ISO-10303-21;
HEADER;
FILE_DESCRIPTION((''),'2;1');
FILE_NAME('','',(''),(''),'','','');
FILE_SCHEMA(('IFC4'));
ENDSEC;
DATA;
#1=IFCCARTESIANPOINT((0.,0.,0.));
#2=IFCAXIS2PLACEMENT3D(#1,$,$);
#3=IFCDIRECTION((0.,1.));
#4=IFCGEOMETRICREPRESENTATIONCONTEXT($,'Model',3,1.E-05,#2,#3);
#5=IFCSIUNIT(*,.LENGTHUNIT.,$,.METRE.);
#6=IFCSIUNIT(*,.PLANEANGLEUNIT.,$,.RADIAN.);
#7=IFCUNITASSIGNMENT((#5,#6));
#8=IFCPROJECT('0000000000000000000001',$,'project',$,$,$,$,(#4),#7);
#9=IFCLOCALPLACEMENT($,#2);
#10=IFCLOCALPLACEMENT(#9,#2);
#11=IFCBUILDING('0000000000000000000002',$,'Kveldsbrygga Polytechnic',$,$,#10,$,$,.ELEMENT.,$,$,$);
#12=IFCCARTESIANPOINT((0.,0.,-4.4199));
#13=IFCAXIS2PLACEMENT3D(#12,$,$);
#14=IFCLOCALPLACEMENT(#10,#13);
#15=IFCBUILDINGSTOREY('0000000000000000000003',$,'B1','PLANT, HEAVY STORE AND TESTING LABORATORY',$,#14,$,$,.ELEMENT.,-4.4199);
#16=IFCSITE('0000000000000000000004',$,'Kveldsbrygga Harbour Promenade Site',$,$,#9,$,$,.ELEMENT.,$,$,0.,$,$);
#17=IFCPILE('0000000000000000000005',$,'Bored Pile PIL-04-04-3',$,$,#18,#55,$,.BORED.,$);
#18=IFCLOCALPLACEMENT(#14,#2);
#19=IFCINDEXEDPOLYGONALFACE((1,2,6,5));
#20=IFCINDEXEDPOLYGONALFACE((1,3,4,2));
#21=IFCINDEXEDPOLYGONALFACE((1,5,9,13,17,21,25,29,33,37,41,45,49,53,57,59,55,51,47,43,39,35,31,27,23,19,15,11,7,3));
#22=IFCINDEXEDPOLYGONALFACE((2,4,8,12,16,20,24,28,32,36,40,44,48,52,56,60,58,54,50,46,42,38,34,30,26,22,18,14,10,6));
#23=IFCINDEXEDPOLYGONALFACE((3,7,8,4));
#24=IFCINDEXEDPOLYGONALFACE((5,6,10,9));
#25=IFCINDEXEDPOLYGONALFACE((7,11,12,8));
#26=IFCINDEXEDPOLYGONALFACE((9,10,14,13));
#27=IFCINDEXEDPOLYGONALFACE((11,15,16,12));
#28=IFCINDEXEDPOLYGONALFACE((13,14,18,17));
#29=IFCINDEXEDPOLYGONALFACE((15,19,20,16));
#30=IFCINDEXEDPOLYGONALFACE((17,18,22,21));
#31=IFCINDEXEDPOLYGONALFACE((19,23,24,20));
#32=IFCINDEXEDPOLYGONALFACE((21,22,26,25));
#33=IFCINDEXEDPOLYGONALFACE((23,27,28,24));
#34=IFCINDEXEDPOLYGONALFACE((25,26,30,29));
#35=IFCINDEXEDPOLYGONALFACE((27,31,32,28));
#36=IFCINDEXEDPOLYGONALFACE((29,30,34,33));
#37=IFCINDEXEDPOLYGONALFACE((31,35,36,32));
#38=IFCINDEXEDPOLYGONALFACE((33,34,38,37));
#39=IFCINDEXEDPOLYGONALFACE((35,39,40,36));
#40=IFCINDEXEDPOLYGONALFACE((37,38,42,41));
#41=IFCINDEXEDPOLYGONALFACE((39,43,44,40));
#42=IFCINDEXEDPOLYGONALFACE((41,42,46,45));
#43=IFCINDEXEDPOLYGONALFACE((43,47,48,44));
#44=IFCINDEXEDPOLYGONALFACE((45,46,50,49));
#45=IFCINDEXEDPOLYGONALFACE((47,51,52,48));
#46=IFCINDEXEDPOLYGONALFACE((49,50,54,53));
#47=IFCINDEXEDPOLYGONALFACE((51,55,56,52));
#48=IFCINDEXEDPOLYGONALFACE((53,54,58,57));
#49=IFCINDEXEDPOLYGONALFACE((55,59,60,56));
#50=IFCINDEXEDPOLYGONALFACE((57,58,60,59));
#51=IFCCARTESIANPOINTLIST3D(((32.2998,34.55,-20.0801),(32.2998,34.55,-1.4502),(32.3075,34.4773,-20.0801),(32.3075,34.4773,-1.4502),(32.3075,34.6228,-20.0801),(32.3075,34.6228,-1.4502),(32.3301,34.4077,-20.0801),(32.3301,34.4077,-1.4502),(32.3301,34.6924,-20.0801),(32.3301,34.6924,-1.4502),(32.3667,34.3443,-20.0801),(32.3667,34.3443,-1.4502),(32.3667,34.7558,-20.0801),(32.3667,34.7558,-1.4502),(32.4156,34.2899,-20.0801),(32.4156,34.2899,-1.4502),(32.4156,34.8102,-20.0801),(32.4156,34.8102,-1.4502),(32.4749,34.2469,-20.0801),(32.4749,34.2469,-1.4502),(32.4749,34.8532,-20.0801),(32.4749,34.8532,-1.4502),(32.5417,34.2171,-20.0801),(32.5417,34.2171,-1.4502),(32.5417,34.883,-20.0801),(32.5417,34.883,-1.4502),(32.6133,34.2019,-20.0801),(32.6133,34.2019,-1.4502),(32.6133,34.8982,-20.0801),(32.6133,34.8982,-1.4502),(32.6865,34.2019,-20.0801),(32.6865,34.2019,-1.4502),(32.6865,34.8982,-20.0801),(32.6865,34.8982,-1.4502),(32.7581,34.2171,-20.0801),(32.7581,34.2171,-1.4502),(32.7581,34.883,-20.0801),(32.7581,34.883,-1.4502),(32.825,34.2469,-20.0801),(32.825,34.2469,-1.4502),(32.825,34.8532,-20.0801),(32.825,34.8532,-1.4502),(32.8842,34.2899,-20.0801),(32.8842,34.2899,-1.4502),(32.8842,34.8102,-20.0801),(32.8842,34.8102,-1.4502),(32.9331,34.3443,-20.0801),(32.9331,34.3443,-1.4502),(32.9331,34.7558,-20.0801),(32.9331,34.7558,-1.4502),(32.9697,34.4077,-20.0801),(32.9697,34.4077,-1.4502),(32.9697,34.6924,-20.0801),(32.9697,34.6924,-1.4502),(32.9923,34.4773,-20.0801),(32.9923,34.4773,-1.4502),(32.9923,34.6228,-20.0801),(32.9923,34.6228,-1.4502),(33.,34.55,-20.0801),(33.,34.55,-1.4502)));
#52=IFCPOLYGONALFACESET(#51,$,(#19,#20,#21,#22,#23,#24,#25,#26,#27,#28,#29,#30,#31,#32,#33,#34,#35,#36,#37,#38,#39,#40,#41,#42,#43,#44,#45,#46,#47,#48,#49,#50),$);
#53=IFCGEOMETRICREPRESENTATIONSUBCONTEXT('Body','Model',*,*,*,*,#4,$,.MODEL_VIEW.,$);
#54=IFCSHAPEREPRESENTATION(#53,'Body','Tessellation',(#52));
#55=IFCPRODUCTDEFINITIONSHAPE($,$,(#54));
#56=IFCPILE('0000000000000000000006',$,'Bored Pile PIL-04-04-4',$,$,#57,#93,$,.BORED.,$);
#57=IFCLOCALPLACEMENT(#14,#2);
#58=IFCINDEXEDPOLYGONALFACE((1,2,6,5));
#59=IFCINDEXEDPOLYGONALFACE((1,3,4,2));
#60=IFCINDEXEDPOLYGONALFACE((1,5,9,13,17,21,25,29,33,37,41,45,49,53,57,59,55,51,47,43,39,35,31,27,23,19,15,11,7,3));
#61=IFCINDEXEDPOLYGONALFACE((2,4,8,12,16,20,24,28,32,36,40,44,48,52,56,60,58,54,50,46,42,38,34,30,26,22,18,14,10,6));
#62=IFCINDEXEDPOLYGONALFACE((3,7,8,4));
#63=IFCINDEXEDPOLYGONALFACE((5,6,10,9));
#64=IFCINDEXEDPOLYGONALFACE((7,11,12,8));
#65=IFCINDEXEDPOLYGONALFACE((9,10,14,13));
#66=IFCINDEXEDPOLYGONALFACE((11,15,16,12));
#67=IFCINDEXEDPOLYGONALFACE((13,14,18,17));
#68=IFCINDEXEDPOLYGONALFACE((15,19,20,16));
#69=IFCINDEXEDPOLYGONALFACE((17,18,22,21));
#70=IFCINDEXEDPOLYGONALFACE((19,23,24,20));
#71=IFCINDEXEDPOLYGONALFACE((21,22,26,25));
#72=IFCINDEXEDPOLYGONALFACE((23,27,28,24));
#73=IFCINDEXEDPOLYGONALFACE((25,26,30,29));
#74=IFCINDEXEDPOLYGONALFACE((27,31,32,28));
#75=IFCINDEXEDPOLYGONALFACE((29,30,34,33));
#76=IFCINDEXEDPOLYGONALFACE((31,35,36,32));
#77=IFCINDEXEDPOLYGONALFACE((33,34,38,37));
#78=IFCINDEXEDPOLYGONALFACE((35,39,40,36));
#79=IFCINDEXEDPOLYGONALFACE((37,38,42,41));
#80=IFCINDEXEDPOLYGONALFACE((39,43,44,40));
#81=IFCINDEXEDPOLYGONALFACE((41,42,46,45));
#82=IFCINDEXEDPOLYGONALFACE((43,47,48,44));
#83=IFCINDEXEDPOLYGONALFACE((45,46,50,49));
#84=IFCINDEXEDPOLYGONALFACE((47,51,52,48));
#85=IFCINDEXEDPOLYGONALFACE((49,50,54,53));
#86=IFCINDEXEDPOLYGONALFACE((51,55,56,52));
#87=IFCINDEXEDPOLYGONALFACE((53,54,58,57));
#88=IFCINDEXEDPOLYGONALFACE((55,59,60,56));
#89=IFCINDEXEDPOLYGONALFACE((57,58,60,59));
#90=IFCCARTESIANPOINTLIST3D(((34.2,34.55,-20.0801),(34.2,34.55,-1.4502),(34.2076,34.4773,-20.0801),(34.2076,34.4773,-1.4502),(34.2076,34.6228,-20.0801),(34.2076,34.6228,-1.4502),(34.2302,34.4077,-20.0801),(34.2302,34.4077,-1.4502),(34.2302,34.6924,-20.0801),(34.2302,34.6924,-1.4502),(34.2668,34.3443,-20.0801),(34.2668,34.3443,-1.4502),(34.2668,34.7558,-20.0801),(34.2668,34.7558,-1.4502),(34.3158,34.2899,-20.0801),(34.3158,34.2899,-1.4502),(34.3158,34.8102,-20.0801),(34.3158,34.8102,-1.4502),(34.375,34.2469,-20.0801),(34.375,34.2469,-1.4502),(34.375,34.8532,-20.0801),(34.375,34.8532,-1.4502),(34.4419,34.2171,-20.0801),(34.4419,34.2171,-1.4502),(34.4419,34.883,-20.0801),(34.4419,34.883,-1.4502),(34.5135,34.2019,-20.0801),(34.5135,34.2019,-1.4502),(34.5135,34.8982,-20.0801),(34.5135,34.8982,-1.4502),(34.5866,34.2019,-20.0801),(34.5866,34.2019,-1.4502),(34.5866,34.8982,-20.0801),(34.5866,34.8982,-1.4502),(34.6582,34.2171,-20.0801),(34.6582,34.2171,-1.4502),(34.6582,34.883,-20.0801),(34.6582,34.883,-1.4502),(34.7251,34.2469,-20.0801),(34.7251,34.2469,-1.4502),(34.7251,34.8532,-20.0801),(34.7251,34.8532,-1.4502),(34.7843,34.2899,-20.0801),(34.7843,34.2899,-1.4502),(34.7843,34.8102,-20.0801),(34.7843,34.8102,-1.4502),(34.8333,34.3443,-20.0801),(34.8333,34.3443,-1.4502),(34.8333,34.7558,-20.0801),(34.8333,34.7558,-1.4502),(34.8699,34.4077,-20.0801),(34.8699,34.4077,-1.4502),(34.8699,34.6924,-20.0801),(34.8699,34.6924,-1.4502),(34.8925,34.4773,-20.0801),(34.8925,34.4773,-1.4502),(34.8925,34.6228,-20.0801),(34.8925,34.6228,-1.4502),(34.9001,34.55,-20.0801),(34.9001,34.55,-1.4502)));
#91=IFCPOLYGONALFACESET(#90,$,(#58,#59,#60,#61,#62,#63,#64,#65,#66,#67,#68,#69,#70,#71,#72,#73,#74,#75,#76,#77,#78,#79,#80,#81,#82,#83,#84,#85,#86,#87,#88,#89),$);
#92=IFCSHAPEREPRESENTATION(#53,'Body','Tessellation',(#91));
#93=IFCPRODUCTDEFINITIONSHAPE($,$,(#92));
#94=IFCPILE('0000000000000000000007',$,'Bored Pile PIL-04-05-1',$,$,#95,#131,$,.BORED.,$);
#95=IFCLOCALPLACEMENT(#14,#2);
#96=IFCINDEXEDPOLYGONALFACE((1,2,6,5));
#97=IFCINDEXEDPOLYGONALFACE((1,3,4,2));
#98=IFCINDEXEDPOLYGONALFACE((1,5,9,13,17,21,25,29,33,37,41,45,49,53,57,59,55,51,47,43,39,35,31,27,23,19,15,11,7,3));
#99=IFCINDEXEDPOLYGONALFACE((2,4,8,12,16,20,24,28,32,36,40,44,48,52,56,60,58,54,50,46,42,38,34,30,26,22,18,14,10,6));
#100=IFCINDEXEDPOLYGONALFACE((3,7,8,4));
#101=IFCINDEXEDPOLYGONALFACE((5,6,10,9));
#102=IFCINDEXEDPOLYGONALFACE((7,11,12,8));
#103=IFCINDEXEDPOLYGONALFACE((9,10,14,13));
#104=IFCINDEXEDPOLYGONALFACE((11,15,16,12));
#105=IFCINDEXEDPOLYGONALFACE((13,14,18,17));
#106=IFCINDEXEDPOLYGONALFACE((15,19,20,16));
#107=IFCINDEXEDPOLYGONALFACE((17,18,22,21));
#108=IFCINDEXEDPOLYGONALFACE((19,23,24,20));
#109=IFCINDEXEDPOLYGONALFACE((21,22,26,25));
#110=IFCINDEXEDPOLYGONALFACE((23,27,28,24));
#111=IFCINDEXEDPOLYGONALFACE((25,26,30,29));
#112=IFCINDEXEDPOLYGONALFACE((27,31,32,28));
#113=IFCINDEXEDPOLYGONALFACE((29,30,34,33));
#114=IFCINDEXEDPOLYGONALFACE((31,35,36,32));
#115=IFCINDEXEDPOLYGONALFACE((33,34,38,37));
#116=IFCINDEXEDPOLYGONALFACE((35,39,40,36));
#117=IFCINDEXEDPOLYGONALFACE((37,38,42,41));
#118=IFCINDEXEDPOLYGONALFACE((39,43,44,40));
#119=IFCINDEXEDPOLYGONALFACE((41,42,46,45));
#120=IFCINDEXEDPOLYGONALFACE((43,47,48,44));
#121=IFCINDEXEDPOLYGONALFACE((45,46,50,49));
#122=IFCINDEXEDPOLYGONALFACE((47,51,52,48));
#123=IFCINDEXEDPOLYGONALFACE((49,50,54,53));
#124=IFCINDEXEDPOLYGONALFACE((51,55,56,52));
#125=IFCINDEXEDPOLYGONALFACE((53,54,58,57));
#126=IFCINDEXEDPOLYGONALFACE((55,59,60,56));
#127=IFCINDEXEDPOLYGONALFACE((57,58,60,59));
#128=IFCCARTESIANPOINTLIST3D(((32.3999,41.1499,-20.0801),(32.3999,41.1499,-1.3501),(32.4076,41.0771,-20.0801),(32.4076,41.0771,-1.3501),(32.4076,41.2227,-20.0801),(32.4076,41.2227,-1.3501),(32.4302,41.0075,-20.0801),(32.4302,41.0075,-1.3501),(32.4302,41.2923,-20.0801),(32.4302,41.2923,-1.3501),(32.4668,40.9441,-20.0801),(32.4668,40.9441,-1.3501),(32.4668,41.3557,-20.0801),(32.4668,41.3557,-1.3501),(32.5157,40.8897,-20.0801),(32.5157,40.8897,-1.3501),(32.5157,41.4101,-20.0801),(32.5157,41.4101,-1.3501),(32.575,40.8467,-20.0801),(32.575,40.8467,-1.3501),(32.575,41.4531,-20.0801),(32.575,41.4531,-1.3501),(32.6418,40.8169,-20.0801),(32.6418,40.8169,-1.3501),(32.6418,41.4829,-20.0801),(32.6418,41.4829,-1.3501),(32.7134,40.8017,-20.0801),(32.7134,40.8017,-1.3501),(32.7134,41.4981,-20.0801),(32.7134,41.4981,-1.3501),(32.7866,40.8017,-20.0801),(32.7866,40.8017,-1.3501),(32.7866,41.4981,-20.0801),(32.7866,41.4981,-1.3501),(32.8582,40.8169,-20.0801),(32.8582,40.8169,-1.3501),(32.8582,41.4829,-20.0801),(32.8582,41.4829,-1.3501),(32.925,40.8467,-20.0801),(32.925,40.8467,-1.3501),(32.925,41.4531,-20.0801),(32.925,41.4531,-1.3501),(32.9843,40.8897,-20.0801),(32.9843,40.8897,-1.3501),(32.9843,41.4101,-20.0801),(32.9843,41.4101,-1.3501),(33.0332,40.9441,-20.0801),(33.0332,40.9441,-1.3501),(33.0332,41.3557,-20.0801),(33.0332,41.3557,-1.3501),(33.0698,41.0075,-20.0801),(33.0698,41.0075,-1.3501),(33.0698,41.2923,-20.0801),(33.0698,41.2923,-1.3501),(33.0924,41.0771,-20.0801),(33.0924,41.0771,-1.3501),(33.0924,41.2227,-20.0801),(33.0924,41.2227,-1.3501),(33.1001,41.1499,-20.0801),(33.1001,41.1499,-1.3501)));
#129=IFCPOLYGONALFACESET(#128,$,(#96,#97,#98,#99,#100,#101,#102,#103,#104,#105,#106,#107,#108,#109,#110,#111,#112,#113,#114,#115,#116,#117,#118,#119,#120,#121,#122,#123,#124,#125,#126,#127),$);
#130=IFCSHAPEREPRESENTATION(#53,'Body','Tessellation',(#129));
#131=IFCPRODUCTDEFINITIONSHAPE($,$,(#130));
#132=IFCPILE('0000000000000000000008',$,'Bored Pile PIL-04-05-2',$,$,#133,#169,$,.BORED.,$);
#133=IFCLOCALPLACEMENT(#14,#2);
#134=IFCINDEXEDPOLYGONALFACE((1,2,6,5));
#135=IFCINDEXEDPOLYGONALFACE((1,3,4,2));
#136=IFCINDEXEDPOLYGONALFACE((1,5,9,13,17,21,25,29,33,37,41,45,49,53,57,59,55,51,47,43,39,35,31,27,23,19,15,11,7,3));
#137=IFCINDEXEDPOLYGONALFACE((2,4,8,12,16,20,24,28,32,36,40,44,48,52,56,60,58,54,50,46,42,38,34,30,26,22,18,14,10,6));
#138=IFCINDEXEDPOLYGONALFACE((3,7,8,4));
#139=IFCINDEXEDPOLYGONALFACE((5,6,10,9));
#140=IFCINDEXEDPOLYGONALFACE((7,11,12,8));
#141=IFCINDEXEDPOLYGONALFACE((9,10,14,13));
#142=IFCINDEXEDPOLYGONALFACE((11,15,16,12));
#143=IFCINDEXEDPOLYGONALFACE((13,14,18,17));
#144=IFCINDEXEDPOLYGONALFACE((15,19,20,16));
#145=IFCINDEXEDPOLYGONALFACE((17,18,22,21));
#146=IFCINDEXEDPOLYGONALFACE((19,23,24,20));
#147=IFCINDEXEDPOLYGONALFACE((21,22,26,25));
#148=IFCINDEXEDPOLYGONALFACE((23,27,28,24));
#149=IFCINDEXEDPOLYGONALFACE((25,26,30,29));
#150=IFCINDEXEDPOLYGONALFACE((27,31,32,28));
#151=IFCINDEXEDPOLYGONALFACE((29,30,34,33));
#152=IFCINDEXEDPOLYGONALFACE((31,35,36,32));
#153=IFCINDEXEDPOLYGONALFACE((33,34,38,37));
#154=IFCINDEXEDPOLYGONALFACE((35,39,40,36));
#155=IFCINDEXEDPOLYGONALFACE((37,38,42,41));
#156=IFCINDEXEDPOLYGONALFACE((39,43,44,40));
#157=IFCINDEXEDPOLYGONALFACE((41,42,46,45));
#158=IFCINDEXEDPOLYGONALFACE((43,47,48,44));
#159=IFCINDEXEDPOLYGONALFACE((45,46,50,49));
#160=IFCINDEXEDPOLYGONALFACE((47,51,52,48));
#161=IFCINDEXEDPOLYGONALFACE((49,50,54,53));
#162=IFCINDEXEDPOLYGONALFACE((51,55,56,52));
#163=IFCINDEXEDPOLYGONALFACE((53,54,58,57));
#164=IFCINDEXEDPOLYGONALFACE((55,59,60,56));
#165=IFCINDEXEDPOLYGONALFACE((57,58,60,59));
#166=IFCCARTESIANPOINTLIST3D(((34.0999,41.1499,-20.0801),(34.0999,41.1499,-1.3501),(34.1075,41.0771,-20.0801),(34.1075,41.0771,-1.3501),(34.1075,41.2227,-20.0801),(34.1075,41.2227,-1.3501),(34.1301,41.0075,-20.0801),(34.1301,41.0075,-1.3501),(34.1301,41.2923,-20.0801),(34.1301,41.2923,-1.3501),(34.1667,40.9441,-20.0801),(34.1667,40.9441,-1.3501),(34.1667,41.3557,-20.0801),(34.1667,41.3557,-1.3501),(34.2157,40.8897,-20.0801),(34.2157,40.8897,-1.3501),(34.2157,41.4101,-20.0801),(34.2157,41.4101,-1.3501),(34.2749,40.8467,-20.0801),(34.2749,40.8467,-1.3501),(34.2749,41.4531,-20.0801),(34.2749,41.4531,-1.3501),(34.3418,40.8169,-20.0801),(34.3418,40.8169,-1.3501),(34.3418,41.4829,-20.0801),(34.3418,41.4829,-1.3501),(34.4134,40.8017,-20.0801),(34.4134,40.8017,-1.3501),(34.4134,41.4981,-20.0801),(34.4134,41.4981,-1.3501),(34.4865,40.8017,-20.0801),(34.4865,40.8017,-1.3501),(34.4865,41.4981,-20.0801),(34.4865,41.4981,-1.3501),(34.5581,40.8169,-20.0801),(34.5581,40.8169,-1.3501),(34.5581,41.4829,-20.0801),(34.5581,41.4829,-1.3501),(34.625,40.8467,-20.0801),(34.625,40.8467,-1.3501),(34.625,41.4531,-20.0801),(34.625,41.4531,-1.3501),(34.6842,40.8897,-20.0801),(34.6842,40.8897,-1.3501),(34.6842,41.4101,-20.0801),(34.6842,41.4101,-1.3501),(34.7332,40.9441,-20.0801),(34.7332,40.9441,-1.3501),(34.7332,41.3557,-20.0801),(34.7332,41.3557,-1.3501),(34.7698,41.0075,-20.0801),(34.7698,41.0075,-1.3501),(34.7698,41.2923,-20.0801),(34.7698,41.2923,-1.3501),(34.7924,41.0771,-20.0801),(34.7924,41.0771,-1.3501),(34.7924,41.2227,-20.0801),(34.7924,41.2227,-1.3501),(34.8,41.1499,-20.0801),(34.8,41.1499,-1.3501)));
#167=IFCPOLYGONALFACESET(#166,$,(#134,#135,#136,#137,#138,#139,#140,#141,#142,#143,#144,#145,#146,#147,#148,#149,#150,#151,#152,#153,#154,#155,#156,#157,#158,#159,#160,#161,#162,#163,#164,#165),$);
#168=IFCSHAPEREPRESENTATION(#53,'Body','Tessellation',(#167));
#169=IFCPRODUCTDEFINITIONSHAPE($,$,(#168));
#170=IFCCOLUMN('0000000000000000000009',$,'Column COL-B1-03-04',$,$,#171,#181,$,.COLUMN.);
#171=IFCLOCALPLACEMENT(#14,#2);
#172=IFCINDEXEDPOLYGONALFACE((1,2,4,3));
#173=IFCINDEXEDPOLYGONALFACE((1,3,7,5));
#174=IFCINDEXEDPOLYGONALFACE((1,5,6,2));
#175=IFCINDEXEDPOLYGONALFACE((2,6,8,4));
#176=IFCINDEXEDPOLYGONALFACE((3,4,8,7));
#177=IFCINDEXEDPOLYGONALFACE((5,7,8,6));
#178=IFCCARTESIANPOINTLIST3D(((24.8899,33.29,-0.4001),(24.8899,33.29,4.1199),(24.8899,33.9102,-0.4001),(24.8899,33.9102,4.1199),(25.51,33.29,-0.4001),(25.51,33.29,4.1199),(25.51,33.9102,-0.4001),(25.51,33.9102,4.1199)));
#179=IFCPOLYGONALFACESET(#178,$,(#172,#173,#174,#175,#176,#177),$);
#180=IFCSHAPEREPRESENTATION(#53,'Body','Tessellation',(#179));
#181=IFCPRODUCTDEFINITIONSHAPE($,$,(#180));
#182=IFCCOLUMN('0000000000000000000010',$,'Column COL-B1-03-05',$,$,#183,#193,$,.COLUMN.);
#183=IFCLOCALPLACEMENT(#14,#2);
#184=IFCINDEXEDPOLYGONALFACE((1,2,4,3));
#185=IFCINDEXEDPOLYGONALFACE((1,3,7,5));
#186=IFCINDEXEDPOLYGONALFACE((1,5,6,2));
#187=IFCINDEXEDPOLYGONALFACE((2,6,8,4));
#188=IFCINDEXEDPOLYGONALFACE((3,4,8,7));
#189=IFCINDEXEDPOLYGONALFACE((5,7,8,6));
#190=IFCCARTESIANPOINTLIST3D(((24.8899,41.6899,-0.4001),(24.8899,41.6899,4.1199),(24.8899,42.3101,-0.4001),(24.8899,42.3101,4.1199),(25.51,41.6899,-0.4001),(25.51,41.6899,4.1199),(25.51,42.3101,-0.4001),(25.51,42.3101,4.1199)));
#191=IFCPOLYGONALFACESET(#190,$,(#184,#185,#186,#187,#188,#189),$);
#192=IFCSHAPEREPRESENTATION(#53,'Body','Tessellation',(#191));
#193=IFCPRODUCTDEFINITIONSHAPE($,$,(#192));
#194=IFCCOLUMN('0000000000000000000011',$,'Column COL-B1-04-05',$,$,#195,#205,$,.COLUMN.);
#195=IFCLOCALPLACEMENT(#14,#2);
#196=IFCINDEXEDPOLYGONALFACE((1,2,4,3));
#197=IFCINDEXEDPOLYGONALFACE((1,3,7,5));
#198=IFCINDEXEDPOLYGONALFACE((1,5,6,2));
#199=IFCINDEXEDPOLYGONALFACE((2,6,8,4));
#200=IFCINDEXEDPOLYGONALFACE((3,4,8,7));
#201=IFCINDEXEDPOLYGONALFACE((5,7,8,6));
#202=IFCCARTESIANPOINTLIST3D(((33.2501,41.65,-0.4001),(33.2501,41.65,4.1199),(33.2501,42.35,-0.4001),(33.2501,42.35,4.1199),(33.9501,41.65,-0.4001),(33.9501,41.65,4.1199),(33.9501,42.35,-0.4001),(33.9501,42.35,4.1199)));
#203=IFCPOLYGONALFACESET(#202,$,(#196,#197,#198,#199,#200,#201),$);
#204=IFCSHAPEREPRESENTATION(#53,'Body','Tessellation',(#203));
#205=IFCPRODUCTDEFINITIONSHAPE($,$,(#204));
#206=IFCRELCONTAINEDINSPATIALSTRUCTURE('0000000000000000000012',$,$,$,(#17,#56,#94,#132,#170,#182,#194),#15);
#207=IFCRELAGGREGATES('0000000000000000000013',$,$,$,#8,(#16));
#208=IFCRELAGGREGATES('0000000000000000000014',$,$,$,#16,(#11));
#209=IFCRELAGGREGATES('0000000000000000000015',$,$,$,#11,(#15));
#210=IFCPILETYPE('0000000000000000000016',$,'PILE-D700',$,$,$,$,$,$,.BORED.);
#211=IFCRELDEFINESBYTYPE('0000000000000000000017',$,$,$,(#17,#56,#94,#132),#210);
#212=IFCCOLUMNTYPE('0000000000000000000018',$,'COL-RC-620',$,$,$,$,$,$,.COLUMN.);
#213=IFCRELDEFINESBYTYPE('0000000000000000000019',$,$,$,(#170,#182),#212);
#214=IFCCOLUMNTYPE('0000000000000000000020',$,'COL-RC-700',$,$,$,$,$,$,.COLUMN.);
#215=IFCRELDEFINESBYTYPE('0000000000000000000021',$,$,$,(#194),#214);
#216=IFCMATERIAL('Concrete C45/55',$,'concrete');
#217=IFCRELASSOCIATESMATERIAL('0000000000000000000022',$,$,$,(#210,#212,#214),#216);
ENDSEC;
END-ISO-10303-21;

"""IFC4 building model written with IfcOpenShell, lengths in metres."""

from ifc_helpers import new_model, si_unit, direction, frame, origin, origin_2d, place, context, subcontext, project, spatial, rectangle, circle, extrude, material, material_profile, profile_set, type_object, element, save


model = new_model("IFC4")

# Units and contexts
model_context = context("Model", 3, precision=1e-05, world=origin(), true_north=direction((0.0, 1.0)))
body_context = subcontext(model_context, "Body", "Model", "MODEL_VIEW")
ifc_project = project(units=[si_unit("LENGTHUNIT", "METRE"), si_unit("PLANEANGLEUNIT", "RADIAN")], contexts=[model_context])

# Site, building, storey
site_placement = place(None, origin())
site = spatial("IfcSite", under=ifc_project, at=site_placement, Name="Kveldsbrygga Harbour Promenade Site", CompositionType="ELEMENT", RefElevation=0.0)
building_placement = place(site_placement, origin())
building = spatial("IfcBuilding", under=site, at=building_placement, Name="Kveldsbrygga Polytechnic", CompositionType="ELEMENT")
storey_placement = place(building_placement, frame((0.0, 0.0, -4.4199)))
storey = spatial("IfcBuildingStorey", under=building, at=storey_placement, Name="B1", Description="PLANT, HEAVY STORE AND TESTING LABORATORY", CompositionType="ELEMENT", Elevation=-4.4199)

# Shared definitions
ifc_material_1 = material(Name="Concrete C45/55", Category="concrete")

# Piles
ifc_material_profile_1 = material_profile(ifc_material_1, circle(Radius=0.3501, at=origin_2d()), Name="PILE D700")
ifc_profile_set_1 = profile_set([ifc_material_profile_1], Name="Concrete C45/55")
pile_type_1 = type_object("IfcPileType", Name="PILE-D700", PredefinedType="BORED", material=ifc_profile_set_1)
for number, where, z_axis, x_axis, name in (
    (1, (32.6499, 34.55, -1.4502), (0.0, 0.0, -1.0), (1.0, 0.0, 0.0), "Bored Pile PIL-04-04-3"),
    (2, (34.55, 34.55, -1.4502), (0.0, 0.0, -1.0), (1.0, 0.0, 0.0), "Bored Pile PIL-04-04-4"),
):
    element("IfcPile", number, at=place(storey_placement, frame(where, z_axis=z_axis, x_axis=x_axis)), inside=storey, type_object=pile_type_1, Name=name, PredefinedType="BORED", context=body_context, shape_type="SweptSolid", body=[
        extrude(circle(Radius=0.3501, at=origin_2d()), origin(), (0.0, 0.0, 1.0), 18.6299),
    ])
for number, where, z_axis, x_axis, name in (
    (3, (32.75, 41.1499, -1.3501), (0.0, 0.0, -1.0), (1.0, 0.0, 0.0), "Bored Pile PIL-04-05-1"),
    (4, (34.45, 41.1499, -1.3501), (0.0, 0.0, -1.0), (1.0, 0.0, 0.0), "Bored Pile PIL-04-05-2"),
):
    element("IfcPile", number, at=place(storey_placement, frame(where, z_axis=z_axis, x_axis=x_axis)), inside=storey, type_object=pile_type_1, Name=name, PredefinedType="BORED", context=body_context, shape_type="SweptSolid", body=[
        extrude(circle(Radius=0.3501, at=origin_2d()), origin(), (0.0, 0.0, 1.0), 18.73),
    ])

# Columns
ifc_material_profile_2 = material_profile(ifc_material_1, rectangle(XDim=0.6201, YDim=0.6201, at=origin_2d()), Name="RC 620x620")
ifc_profile_set_2 = profile_set([ifc_material_profile_2], Name="Concrete C45/55")
column_type_1 = type_object("IfcColumnType", Name="COL-RC-620", PredefinedType="COLUMN", material=ifc_profile_set_2)
for number, where, z_axis, x_axis, name in (
    (5, (25.2, 33.6001, -0.4001), (0.0, 0.0, 1.0), (1.0, 0.0, 0.0), "Column COL-B1-03-04"),
    (6, (25.2, 42.0, -0.4001), (0.0, 0.0, 1.0), (1.0, 0.0, 0.0), "Column COL-B1-03-05"),
):
    element("IfcColumn", number, at=place(storey_placement, frame(where, z_axis=z_axis, x_axis=x_axis)), inside=storey, type_object=column_type_1, Name=name, PredefinedType="COLUMN", context=body_context, shape_type="SweptSolid", body=[
        extrude(rectangle(XDim=0.6201, YDim=0.6201, at=origin_2d()), origin(), (0.0, 0.0, 1.0), 4.52),
    ])
ifc_material_profile_3 = material_profile(ifc_material_1, rectangle(XDim=0.7, YDim=0.7, at=origin_2d()), Name="RC 700x700")
ifc_profile_set_3 = profile_set([ifc_material_profile_3], Name="Concrete C45/55")
column_type_2 = type_object("IfcColumnType", Name="COL-RC-700", PredefinedType="COLUMN", material=ifc_profile_set_3)
column_1_placement = place(storey_placement, frame((33.6001, 42.0, -0.4001), z_axis=(0.0, 0.0, 1.0), x_axis=(1.0, 0.0, 0.0)))
element("IfcColumn", 7, at=column_1_placement, inside=storey, type_object=column_type_2, Name="Column COL-B1-04-05", PredefinedType="COLUMN", context=body_context, shape_type="SweptSolid", body=[
    extrude(rectangle(XDim=0.7, YDim=0.7, at=origin_2d()), origin(), (0.0, 0.0, 1.0), 4.52),
])

save(model, "model.ifc")
